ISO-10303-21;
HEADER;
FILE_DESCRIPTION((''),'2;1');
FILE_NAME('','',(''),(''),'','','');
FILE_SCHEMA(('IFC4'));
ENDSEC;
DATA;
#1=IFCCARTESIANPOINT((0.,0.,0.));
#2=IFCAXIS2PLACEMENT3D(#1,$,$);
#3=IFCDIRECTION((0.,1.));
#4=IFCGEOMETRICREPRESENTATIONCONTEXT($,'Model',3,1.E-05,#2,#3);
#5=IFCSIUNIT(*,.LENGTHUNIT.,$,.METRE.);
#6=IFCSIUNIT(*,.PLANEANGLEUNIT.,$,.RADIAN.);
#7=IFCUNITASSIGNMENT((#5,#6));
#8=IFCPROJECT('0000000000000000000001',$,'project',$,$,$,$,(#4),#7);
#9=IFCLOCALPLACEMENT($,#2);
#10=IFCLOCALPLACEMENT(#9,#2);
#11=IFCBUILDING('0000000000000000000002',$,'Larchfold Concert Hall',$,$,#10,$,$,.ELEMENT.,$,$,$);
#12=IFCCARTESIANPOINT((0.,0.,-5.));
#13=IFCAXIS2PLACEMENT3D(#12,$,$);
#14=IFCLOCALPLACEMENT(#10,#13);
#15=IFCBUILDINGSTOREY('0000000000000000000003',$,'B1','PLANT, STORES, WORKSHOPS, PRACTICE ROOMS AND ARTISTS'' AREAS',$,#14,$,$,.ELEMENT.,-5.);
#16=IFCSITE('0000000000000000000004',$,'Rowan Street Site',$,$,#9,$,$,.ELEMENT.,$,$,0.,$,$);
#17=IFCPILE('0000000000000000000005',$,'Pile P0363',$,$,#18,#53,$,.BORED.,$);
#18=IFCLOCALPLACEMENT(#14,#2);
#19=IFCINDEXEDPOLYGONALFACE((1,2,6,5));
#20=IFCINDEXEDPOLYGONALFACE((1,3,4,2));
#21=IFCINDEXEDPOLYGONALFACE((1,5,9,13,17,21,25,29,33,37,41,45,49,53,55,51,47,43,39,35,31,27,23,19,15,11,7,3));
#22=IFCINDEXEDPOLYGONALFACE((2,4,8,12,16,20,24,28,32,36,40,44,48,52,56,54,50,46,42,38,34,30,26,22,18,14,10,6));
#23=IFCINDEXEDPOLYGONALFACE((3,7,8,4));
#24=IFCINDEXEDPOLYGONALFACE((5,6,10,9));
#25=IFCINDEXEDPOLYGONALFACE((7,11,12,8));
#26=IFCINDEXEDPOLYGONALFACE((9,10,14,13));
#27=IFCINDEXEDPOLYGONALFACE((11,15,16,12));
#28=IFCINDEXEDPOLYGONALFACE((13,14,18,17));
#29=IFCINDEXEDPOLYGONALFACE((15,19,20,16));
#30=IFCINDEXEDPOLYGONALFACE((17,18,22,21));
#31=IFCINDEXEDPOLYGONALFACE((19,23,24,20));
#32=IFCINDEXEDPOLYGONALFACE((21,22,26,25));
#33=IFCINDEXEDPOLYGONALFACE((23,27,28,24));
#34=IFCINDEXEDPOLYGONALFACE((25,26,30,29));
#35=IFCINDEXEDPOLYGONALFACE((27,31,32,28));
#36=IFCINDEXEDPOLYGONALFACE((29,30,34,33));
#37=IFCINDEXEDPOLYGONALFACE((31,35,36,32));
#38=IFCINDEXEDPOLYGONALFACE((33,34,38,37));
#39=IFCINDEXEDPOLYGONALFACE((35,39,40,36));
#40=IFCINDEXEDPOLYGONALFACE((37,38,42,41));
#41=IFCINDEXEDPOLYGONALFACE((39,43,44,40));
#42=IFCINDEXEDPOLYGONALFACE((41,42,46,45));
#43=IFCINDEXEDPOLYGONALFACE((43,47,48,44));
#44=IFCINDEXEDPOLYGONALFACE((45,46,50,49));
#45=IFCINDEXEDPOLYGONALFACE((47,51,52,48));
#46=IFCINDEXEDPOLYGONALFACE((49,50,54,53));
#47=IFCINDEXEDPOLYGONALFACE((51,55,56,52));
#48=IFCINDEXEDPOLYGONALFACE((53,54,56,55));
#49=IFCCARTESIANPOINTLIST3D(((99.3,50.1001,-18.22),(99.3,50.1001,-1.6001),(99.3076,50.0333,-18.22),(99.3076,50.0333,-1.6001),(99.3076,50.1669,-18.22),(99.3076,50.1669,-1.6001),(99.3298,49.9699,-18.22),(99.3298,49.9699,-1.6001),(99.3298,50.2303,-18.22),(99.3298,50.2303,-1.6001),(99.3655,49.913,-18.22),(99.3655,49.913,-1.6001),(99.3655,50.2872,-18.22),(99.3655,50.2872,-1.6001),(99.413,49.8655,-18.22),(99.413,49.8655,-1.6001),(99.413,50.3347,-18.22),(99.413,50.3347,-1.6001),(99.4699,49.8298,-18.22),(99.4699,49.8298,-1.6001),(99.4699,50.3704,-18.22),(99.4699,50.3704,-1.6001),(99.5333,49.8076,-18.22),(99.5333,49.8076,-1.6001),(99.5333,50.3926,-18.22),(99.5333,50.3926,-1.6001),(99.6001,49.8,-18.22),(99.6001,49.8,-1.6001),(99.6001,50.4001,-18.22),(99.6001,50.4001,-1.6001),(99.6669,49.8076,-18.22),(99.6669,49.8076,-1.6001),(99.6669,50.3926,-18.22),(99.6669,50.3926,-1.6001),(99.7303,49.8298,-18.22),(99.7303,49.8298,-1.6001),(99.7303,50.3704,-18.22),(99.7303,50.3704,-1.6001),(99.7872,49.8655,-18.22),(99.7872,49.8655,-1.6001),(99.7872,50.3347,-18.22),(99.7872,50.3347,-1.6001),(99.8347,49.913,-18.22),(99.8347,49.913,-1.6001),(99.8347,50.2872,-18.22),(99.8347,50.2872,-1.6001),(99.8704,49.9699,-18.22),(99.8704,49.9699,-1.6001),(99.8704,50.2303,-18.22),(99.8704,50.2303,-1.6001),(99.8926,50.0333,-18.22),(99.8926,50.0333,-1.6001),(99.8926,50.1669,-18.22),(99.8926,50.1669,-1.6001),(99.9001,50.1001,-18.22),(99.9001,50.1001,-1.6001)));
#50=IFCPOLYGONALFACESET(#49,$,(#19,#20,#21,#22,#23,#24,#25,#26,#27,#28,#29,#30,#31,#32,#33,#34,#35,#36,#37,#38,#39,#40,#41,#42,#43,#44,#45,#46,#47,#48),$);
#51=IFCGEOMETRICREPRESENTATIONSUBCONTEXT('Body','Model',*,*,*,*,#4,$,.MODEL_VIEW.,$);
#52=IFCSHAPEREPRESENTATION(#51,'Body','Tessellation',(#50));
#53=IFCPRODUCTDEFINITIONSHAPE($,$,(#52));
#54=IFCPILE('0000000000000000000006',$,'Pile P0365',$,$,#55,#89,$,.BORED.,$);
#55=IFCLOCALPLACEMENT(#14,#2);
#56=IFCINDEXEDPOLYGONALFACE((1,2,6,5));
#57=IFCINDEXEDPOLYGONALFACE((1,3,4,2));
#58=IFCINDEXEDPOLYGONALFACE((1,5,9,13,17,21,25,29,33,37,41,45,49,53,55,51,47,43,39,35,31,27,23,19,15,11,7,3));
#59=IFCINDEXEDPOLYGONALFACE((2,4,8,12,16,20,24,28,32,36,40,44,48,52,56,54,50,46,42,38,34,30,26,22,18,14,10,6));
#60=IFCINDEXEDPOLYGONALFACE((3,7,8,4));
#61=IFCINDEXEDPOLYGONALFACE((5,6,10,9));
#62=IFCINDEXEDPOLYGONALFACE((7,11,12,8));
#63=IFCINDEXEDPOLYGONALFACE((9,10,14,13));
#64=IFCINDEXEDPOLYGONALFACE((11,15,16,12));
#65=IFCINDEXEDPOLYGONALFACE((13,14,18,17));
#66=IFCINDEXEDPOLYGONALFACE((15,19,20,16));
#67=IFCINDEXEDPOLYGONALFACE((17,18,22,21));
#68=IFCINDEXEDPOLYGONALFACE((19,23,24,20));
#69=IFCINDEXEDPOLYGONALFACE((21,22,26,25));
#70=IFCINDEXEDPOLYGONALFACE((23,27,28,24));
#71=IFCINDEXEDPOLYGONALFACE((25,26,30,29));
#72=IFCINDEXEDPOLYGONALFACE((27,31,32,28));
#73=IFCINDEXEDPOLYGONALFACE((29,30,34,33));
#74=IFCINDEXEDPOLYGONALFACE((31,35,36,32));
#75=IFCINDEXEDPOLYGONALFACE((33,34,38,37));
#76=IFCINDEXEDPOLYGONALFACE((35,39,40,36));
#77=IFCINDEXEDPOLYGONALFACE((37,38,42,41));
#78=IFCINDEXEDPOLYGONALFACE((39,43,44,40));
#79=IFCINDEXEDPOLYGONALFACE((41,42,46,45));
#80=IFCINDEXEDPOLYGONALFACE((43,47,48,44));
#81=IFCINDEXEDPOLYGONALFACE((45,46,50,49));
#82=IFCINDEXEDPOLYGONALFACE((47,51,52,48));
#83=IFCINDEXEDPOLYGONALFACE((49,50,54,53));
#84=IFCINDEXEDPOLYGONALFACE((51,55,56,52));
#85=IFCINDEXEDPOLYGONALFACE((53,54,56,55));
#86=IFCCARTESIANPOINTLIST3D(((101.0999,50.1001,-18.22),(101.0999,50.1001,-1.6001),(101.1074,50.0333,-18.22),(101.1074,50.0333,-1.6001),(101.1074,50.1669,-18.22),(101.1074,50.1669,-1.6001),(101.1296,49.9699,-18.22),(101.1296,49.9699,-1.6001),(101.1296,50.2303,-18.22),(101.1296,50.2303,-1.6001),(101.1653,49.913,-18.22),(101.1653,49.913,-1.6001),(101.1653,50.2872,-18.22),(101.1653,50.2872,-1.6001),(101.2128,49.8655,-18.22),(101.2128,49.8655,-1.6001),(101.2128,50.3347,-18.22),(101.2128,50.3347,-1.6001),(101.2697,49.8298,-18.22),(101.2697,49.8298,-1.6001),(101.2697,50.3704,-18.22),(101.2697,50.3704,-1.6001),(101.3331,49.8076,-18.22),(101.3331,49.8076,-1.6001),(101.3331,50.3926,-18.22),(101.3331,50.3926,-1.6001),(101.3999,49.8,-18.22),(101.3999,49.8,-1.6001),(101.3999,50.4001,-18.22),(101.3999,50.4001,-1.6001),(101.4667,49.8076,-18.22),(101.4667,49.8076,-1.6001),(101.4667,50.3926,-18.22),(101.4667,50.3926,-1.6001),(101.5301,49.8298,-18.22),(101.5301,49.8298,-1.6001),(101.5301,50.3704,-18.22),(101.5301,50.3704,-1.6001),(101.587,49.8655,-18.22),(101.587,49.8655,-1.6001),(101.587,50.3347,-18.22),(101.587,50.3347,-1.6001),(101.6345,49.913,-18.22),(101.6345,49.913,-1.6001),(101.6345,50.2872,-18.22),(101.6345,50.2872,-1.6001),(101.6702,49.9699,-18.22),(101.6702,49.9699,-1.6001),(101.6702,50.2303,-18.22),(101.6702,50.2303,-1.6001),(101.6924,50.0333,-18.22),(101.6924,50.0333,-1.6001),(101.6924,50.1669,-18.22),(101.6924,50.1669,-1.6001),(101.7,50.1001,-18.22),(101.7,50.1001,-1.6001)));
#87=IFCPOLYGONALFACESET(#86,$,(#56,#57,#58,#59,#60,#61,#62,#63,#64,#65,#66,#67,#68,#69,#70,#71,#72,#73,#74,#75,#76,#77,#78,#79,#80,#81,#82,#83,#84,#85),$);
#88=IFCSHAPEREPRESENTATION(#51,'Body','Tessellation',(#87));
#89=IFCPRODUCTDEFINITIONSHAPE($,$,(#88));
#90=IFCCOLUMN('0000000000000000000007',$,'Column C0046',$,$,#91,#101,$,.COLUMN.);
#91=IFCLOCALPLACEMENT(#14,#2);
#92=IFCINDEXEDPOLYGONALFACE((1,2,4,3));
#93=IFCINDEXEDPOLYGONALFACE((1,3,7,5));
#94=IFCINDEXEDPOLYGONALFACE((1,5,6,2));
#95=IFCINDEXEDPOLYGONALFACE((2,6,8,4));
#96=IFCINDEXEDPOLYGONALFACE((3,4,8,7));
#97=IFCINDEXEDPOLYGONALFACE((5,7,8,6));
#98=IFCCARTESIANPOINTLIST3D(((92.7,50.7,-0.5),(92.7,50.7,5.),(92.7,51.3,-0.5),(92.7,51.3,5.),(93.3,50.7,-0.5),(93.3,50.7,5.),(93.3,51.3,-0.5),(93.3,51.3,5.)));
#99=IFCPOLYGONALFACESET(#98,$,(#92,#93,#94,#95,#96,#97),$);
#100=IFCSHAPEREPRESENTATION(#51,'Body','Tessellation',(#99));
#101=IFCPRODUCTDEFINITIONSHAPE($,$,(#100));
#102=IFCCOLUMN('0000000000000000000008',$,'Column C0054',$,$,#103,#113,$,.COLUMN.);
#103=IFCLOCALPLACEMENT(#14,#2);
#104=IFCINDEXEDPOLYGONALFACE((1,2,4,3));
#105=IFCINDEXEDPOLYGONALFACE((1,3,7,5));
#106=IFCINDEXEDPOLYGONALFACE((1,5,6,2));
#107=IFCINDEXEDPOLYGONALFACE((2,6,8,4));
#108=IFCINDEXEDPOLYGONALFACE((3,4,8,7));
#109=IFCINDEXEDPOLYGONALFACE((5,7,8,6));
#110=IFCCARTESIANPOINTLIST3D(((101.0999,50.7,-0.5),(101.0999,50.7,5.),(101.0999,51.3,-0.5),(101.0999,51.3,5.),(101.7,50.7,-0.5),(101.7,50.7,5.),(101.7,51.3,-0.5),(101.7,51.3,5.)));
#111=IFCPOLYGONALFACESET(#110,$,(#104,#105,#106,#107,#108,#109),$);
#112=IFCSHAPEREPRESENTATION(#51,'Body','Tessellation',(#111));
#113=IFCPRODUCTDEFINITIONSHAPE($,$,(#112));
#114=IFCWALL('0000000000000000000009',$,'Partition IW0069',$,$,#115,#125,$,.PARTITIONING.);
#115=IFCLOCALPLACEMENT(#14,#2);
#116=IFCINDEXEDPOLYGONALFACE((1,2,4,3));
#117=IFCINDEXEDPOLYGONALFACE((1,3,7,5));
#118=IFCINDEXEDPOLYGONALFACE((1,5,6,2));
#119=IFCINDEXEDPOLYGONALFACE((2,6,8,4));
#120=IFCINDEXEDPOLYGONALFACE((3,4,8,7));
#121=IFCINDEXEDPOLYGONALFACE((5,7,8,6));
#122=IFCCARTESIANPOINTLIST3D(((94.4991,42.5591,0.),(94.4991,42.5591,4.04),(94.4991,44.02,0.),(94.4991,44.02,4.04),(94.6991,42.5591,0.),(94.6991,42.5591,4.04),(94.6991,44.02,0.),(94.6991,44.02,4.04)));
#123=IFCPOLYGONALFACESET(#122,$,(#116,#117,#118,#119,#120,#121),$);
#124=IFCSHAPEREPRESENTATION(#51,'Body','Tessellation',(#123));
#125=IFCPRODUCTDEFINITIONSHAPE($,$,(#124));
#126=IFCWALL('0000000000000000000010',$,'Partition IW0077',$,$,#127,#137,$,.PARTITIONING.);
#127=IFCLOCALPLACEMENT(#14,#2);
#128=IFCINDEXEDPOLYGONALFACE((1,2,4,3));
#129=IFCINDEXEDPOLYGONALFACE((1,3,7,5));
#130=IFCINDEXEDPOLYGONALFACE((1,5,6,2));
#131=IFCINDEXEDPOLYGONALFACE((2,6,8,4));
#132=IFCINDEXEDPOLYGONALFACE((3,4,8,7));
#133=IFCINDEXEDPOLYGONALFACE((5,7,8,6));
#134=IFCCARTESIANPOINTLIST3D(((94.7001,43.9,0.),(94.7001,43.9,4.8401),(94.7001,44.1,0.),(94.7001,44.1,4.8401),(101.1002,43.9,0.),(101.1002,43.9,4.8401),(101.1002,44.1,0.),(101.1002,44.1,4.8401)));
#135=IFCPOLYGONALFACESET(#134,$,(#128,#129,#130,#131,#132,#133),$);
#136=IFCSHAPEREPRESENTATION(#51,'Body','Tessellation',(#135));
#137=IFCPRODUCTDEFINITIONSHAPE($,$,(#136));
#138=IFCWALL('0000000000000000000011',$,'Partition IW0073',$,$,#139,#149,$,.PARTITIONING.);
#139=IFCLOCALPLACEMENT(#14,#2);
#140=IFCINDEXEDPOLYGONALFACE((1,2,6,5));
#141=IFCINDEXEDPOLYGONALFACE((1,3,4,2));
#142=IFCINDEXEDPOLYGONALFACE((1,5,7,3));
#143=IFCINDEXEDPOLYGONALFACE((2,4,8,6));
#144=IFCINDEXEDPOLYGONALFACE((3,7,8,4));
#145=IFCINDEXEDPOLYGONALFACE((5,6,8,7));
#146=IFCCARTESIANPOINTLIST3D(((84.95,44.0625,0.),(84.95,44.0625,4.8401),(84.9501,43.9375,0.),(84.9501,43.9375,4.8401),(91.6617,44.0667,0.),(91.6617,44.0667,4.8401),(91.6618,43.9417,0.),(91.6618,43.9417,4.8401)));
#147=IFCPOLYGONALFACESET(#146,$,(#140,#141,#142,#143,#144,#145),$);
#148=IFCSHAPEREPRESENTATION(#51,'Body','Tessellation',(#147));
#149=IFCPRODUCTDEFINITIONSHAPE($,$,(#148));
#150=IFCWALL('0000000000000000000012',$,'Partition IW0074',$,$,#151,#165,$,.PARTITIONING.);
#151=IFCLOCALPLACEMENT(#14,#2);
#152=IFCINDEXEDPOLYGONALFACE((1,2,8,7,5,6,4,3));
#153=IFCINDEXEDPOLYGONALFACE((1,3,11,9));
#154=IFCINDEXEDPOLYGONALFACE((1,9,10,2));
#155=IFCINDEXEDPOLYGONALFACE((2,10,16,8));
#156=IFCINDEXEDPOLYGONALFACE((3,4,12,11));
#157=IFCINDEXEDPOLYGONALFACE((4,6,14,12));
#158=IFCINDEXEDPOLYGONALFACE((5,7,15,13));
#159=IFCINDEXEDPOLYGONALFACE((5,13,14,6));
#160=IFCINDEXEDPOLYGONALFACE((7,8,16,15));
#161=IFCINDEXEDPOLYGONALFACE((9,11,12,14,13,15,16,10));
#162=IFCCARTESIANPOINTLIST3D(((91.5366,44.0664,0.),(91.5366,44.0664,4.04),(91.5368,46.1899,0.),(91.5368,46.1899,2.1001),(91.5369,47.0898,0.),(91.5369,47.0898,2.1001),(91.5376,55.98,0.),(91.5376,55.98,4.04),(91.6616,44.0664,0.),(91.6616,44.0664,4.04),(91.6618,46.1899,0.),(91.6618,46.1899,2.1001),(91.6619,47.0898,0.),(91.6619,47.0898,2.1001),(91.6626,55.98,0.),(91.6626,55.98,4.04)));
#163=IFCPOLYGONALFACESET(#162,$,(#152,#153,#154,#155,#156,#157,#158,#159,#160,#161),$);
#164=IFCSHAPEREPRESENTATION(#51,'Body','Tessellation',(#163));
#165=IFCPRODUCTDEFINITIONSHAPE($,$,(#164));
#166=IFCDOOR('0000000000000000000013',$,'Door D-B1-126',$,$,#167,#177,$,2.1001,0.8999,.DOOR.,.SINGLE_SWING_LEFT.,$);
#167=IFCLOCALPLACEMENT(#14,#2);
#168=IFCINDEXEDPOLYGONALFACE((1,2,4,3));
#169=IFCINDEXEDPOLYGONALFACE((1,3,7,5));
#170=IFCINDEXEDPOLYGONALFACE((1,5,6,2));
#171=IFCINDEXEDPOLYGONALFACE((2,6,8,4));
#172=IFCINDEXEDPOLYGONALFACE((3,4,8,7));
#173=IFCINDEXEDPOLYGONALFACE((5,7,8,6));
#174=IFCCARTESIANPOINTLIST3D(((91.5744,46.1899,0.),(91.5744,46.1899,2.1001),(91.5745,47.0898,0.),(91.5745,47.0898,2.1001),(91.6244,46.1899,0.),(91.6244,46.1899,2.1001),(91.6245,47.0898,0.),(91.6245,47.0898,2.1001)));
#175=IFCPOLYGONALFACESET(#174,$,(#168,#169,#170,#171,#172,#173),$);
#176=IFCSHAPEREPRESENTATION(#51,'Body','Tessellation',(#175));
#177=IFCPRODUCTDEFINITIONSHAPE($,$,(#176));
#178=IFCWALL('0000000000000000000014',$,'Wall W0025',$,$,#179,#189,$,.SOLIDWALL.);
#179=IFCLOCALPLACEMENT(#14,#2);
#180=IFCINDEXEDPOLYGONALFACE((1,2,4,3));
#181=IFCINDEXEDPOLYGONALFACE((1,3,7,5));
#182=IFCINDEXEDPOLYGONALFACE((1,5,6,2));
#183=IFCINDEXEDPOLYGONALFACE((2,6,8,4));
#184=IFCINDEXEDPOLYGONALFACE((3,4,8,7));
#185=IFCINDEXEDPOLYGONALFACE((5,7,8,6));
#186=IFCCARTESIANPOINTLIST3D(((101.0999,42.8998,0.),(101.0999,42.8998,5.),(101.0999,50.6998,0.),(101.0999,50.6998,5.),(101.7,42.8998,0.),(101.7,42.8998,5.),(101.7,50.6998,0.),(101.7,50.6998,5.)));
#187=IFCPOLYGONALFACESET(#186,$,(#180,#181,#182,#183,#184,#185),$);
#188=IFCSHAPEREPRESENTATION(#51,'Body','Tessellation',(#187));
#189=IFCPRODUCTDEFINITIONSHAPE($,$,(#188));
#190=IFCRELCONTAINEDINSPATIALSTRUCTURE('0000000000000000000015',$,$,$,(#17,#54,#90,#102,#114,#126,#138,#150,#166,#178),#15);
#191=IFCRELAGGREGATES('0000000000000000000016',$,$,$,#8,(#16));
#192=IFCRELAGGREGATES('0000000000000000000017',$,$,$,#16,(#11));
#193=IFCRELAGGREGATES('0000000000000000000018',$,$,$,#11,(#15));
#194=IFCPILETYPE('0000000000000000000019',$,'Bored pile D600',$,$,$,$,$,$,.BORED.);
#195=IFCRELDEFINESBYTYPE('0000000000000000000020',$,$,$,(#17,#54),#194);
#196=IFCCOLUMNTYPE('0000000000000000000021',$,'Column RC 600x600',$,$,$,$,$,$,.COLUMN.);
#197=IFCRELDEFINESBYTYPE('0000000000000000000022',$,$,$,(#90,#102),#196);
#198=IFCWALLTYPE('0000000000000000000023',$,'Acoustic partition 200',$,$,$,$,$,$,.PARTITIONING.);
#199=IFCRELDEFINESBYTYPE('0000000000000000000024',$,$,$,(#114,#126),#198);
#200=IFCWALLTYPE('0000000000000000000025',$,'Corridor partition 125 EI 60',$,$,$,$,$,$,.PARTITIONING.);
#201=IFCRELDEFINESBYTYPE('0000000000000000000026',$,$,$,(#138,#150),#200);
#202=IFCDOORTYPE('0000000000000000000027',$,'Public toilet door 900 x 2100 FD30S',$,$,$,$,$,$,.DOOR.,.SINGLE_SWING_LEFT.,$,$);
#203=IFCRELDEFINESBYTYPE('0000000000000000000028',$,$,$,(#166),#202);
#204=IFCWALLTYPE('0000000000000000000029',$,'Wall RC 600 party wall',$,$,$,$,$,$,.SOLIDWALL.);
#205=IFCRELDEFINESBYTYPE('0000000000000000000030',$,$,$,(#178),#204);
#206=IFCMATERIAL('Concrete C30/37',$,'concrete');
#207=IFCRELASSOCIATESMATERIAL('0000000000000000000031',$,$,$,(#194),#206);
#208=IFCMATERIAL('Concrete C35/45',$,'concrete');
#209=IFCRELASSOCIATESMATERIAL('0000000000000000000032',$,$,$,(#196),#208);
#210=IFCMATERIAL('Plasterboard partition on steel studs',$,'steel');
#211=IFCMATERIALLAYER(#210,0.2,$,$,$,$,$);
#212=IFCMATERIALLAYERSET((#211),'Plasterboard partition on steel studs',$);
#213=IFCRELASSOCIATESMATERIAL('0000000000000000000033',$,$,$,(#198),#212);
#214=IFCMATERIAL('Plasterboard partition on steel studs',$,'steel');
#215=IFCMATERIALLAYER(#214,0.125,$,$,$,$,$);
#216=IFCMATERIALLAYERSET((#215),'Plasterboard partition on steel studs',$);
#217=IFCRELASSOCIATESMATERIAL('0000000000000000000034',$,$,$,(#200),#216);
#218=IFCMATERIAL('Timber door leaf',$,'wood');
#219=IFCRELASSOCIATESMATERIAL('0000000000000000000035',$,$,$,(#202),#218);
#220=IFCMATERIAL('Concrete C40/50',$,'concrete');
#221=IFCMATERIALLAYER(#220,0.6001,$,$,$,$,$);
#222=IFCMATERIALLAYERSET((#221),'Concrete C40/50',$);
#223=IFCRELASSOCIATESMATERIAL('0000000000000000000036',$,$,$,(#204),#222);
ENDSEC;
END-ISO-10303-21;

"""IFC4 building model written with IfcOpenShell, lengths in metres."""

from ifc_helpers import new_model, si_unit, direction, frame, frame_2d, origin, origin_2d, place, context, subcontext, project, spatial, rectangle, circle, extrude, material, layer, layer_set, material_profile, profile_set, type_object, element, fill, save


model = new_model("IFC4")

# Units and contexts
model_context = context("Model", 3, precision=1e-05, world=origin(), true_north=direction((0.0, 1.0)))
body_context = subcontext(model_context, "Body", "Model", "MODEL_VIEW")
ifc_project = project(units=[si_unit("LENGTHUNIT", "METRE"), si_unit("PLANEANGLEUNIT", "RADIAN")], contexts=[model_context])

# Site, building, storey
site_placement = place(None, origin())
site = spatial("IfcSite", under=ifc_project, at=site_placement, Name="Rowan Street Site", CompositionType="ELEMENT", RefElevation=0.0)
building_placement = place(site_placement, origin())
building = spatial("IfcBuilding", under=site, at=building_placement, Name="Larchfold Concert Hall", CompositionType="ELEMENT")
storey_placement = place(building_placement, frame((0.0, 0.0, -5.0)))
storey = spatial("IfcBuildingStorey", under=building, at=storey_placement, Name="B1", Description="PLANT, STORES, WORKSHOPS, PRACTICE ROOMS AND ARTISTS' AREAS", CompositionType="ELEMENT", Elevation=-5.0)

# Piles
ifc_material_1 = material(Name="Concrete C30/37", Category="concrete")
ifc_material_profile_1 = material_profile(ifc_material_1, circle(Radius=0.3, at=origin_2d()))
ifc_profile_set_1 = profile_set([ifc_material_profile_1], Name="Concrete C30/37")
pile_type = type_object("IfcPileType", Name="Bored pile D600", PredefinedType="BORED", material=ifc_profile_set_1)
for number, where, z_axis, x_axis, name in (
    (1, (99.6001, 50.1001, -1.6001), (0.0, 0.0, -1.0), (1.0, 0.0, 0.0), "Pile P0363"),
    (2, (101.3999, 50.1001, -1.6001), (0.0, 0.0, -1.0), (1.0, 0.0, 0.0), "Pile P0365"),
):
    element("IfcPile", number, at=place(storey_placement, frame(where, z_axis=z_axis, x_axis=x_axis)), inside=storey, type_object=pile_type, Name=name, PredefinedType="BORED", context=body_context, shape_type="SweptSolid", body=[
        extrude(circle(Radius=0.3, at=origin_2d()), origin(), (0.0, 0.0, 1.0), 16.6199),
    ])

# Columns
ifc_material_2 = material(Name="Concrete C35/45", Category="concrete")
ifc_material_profile_2 = material_profile(ifc_material_2, rectangle(XDim=0.6001, YDim=0.6001, at=origin_2d()))
ifc_profile_set_2 = profile_set([ifc_material_profile_2], Name="Concrete C35/45")
column_type = type_object("IfcColumnType", Name="Column RC 600x600", PredefinedType="COLUMN", material=ifc_profile_set_2)
for number, where, z_axis, x_axis, name in (
    (3, (93.0, 51.0, -0.5), (0.0, 0.0, 1.0), (1.0, 0.0, 0.0), "Column C0046"),
    (4, (101.3999, 51.0, -0.5), (0.0, 0.0, 1.0), (1.0, 0.0, 0.0), "Column C0054"),
):
    element("IfcColumn", number, at=place(storey_placement, frame(where, z_axis=z_axis, x_axis=x_axis)), inside=storey, type_object=column_type, Name=name, PredefinedType="COLUMN", context=body_context, shape_type="SweptSolid", body=[
        extrude(rectangle(XDim=0.6001, YDim=0.6001, at=origin_2d()), origin(), (0.0, 0.0, 1.0), 5.5),
    ])

# Walls
ifc_material_3 = material(Name="Plasterboard partition on steel studs", Category="steel")
ifc_layer_1 = layer(ifc_material_3, 0.2)
ifc_layer_set_1 = layer_set([ifc_layer_1], Name="Plasterboard partition on steel studs")
wall_type_1 = type_object("IfcWallType", Name="Acoustic partition 200", PredefinedType="PARTITIONING", material=ifc_layer_set_1)
wall_1_placement = place(storey_placement, frame((94.5991, 44.02, 0.0), z_axis=(0.0, 0.0, 1.0), x_axis=(0.0, -1.0, 0.0)))
element("IfcWall", 5, at=wall_1_placement, inside=storey, type_object=wall_type_1, Name="Partition IW0069", PredefinedType="PARTITIONING", context=body_context, shape_type="SweptSolid", body=[
    extrude(rectangle(XDim=1.4609, YDim=0.2, at=frame_2d((0.7305, 0.0))), origin(), (0.0, 0.0, 1.0), 4.04),
])
wall_2_placement = place(storey_placement, frame((94.7, 44.0, 0.0), z_axis=(0.0, 0.0, 1.0), x_axis=(1.0, 0.0, 0.0)))
element("IfcWall", 6, at=wall_2_placement, inside=storey, type_object=wall_type_1, Name="Partition IW0077", PredefinedType="PARTITIONING", context=body_context, shape_type="SweptSolid", body=[
    extrude(rectangle(XDim=6.4001, YDim=0.2, at=frame_2d((3.2002, 0.0))), origin(), (0.0, 0.0, 1.0), 4.8401),
])
ifc_material_4 = material(Name="Plasterboard partition on steel studs", Category="steel")
ifc_layer_2 = layer(ifc_material_4, 0.125)
ifc_layer_set_2 = layer_set([ifc_layer_2], Name="Plasterboard partition on steel studs")
wall_type_2 = type_object("IfcWallType", Name="Corridor partition 125 EI 60", PredefinedType="PARTITIONING", material=ifc_layer_set_2)
wall_3_placement = place(storey_placement, frame((84.95, 44.0, 0.0), z_axis=(0.0, 0.0, 1.0), x_axis=(1.0, 0.000618, 0.0)))
element("IfcWall", 7, at=wall_3_placement, inside=storey, type_object=wall_type_2, Name="Partition IW0073", PredefinedType="PARTITIONING", context=body_context, shape_type="SweptSolid", body=[
    extrude(rectangle(XDim=6.7117, YDim=0.125, at=frame_2d((3.356, 0.0))), origin(), (0.0, 0.0, 1.0), 4.8401),
])

# Wall, opening, door
wall_4_placement = place(storey_placement, frame((91.5991, 44.0664, 0.0), z_axis=(0.0, 0.0, 1.0), x_axis=(0.000082, 1.0, 0.0)))
wall_4 = element("IfcWall", 8, at=wall_4_placement, inside=storey, type_object=wall_type_2, Name="Partition IW0074", PredefinedType="PARTITIONING", context=body_context, shape_type="SweptSolid", body=[
    extrude(rectangle(XDim=11.9136, YDim=0.125, at=frame_2d((5.9568, 0.0))), origin(), (0.0, 0.0, 1.0), 4.04),
])
opening_placement = place(wall_4_placement, frame((2.1235, 0.0, 0.0)))
opening = element("IfcOpeningElement", 9, at=opening_placement, cuts=wall_4, PredefinedType="OPENING", context=body_context, shape_type="SweptSolid", body=[
    extrude(rectangle(XDim=0.8999, YDim=2.1001, at=frame_2d((0.45, 1.05))), frame((0.0, 0.0725, 0.0), z_axis=(0.0, -1.0, 0.0), x_axis=(1.0, 0.0, 0.0)), (0.0, 0.0, 1.0), 0.145),
])
ifc_material_5 = material(Name="Timber door leaf", Category="wood")
door_type = type_object("IfcDoorType", Name="Public toilet door 900 x 2100 FD30S", OperationType="SINGLE_SWING_LEFT", PredefinedType="DOOR", material=ifc_material_5)
door_placement = place(opening_placement, origin())
door = element("IfcDoor", 10, at=door_placement, inside=storey, type_object=door_type, Name="Door D-B1-126", OperationType="SINGLE_SWING_LEFT", OverallHeight=2.1001, OverallWidth=0.8999, PredefinedType="DOOR", context=body_context, shape_type="SweptSolid", body=[
    extrude(rectangle(XDim=0.8999, YDim=2.1001, at=frame_2d((0.45, 1.05))), frame((0.0, 0.0249, 0.0), z_axis=(0.0, -1.0, 0.0), x_axis=(1.0, 0.0, 0.0)), (0.0, 0.0, 1.0), 0.05),
])
fill(opening, door)

# Wall
ifc_material_6 = material(Name="Concrete C40/50", Category="concrete")
ifc_layer_3 = layer(ifc_material_6, 0.6001)
ifc_layer_set_3 = layer_set([ifc_layer_3], Name="Concrete C40/50")
wall_type_3 = type_object("IfcWallType", Name="Wall RC 600 party wall", PredefinedType="SOLIDWALL", material=ifc_layer_set_3)
for number, where, z_axis, x_axis, name in (
    (11, (101.3999, 42.8999, 0.0), (0.0, 0.0, 1.0), (0.0, 1.0, 0.0), "Wall W0025"),
):
    element("IfcWall", number, at=place(storey_placement, frame(where, z_axis=z_axis, x_axis=x_axis)), inside=storey, type_object=wall_type_3, Name=name, PredefinedType="SOLIDWALL", context=body_context, shape_type="SweptSolid", body=[
        extrude(rectangle(XDim=7.8, YDim=0.6001, at=frame_2d((3.8999, 0.0))), origin(), (0.0, 0.0, 1.0), 5.0),
    ])

save(model, "model.ifc")
